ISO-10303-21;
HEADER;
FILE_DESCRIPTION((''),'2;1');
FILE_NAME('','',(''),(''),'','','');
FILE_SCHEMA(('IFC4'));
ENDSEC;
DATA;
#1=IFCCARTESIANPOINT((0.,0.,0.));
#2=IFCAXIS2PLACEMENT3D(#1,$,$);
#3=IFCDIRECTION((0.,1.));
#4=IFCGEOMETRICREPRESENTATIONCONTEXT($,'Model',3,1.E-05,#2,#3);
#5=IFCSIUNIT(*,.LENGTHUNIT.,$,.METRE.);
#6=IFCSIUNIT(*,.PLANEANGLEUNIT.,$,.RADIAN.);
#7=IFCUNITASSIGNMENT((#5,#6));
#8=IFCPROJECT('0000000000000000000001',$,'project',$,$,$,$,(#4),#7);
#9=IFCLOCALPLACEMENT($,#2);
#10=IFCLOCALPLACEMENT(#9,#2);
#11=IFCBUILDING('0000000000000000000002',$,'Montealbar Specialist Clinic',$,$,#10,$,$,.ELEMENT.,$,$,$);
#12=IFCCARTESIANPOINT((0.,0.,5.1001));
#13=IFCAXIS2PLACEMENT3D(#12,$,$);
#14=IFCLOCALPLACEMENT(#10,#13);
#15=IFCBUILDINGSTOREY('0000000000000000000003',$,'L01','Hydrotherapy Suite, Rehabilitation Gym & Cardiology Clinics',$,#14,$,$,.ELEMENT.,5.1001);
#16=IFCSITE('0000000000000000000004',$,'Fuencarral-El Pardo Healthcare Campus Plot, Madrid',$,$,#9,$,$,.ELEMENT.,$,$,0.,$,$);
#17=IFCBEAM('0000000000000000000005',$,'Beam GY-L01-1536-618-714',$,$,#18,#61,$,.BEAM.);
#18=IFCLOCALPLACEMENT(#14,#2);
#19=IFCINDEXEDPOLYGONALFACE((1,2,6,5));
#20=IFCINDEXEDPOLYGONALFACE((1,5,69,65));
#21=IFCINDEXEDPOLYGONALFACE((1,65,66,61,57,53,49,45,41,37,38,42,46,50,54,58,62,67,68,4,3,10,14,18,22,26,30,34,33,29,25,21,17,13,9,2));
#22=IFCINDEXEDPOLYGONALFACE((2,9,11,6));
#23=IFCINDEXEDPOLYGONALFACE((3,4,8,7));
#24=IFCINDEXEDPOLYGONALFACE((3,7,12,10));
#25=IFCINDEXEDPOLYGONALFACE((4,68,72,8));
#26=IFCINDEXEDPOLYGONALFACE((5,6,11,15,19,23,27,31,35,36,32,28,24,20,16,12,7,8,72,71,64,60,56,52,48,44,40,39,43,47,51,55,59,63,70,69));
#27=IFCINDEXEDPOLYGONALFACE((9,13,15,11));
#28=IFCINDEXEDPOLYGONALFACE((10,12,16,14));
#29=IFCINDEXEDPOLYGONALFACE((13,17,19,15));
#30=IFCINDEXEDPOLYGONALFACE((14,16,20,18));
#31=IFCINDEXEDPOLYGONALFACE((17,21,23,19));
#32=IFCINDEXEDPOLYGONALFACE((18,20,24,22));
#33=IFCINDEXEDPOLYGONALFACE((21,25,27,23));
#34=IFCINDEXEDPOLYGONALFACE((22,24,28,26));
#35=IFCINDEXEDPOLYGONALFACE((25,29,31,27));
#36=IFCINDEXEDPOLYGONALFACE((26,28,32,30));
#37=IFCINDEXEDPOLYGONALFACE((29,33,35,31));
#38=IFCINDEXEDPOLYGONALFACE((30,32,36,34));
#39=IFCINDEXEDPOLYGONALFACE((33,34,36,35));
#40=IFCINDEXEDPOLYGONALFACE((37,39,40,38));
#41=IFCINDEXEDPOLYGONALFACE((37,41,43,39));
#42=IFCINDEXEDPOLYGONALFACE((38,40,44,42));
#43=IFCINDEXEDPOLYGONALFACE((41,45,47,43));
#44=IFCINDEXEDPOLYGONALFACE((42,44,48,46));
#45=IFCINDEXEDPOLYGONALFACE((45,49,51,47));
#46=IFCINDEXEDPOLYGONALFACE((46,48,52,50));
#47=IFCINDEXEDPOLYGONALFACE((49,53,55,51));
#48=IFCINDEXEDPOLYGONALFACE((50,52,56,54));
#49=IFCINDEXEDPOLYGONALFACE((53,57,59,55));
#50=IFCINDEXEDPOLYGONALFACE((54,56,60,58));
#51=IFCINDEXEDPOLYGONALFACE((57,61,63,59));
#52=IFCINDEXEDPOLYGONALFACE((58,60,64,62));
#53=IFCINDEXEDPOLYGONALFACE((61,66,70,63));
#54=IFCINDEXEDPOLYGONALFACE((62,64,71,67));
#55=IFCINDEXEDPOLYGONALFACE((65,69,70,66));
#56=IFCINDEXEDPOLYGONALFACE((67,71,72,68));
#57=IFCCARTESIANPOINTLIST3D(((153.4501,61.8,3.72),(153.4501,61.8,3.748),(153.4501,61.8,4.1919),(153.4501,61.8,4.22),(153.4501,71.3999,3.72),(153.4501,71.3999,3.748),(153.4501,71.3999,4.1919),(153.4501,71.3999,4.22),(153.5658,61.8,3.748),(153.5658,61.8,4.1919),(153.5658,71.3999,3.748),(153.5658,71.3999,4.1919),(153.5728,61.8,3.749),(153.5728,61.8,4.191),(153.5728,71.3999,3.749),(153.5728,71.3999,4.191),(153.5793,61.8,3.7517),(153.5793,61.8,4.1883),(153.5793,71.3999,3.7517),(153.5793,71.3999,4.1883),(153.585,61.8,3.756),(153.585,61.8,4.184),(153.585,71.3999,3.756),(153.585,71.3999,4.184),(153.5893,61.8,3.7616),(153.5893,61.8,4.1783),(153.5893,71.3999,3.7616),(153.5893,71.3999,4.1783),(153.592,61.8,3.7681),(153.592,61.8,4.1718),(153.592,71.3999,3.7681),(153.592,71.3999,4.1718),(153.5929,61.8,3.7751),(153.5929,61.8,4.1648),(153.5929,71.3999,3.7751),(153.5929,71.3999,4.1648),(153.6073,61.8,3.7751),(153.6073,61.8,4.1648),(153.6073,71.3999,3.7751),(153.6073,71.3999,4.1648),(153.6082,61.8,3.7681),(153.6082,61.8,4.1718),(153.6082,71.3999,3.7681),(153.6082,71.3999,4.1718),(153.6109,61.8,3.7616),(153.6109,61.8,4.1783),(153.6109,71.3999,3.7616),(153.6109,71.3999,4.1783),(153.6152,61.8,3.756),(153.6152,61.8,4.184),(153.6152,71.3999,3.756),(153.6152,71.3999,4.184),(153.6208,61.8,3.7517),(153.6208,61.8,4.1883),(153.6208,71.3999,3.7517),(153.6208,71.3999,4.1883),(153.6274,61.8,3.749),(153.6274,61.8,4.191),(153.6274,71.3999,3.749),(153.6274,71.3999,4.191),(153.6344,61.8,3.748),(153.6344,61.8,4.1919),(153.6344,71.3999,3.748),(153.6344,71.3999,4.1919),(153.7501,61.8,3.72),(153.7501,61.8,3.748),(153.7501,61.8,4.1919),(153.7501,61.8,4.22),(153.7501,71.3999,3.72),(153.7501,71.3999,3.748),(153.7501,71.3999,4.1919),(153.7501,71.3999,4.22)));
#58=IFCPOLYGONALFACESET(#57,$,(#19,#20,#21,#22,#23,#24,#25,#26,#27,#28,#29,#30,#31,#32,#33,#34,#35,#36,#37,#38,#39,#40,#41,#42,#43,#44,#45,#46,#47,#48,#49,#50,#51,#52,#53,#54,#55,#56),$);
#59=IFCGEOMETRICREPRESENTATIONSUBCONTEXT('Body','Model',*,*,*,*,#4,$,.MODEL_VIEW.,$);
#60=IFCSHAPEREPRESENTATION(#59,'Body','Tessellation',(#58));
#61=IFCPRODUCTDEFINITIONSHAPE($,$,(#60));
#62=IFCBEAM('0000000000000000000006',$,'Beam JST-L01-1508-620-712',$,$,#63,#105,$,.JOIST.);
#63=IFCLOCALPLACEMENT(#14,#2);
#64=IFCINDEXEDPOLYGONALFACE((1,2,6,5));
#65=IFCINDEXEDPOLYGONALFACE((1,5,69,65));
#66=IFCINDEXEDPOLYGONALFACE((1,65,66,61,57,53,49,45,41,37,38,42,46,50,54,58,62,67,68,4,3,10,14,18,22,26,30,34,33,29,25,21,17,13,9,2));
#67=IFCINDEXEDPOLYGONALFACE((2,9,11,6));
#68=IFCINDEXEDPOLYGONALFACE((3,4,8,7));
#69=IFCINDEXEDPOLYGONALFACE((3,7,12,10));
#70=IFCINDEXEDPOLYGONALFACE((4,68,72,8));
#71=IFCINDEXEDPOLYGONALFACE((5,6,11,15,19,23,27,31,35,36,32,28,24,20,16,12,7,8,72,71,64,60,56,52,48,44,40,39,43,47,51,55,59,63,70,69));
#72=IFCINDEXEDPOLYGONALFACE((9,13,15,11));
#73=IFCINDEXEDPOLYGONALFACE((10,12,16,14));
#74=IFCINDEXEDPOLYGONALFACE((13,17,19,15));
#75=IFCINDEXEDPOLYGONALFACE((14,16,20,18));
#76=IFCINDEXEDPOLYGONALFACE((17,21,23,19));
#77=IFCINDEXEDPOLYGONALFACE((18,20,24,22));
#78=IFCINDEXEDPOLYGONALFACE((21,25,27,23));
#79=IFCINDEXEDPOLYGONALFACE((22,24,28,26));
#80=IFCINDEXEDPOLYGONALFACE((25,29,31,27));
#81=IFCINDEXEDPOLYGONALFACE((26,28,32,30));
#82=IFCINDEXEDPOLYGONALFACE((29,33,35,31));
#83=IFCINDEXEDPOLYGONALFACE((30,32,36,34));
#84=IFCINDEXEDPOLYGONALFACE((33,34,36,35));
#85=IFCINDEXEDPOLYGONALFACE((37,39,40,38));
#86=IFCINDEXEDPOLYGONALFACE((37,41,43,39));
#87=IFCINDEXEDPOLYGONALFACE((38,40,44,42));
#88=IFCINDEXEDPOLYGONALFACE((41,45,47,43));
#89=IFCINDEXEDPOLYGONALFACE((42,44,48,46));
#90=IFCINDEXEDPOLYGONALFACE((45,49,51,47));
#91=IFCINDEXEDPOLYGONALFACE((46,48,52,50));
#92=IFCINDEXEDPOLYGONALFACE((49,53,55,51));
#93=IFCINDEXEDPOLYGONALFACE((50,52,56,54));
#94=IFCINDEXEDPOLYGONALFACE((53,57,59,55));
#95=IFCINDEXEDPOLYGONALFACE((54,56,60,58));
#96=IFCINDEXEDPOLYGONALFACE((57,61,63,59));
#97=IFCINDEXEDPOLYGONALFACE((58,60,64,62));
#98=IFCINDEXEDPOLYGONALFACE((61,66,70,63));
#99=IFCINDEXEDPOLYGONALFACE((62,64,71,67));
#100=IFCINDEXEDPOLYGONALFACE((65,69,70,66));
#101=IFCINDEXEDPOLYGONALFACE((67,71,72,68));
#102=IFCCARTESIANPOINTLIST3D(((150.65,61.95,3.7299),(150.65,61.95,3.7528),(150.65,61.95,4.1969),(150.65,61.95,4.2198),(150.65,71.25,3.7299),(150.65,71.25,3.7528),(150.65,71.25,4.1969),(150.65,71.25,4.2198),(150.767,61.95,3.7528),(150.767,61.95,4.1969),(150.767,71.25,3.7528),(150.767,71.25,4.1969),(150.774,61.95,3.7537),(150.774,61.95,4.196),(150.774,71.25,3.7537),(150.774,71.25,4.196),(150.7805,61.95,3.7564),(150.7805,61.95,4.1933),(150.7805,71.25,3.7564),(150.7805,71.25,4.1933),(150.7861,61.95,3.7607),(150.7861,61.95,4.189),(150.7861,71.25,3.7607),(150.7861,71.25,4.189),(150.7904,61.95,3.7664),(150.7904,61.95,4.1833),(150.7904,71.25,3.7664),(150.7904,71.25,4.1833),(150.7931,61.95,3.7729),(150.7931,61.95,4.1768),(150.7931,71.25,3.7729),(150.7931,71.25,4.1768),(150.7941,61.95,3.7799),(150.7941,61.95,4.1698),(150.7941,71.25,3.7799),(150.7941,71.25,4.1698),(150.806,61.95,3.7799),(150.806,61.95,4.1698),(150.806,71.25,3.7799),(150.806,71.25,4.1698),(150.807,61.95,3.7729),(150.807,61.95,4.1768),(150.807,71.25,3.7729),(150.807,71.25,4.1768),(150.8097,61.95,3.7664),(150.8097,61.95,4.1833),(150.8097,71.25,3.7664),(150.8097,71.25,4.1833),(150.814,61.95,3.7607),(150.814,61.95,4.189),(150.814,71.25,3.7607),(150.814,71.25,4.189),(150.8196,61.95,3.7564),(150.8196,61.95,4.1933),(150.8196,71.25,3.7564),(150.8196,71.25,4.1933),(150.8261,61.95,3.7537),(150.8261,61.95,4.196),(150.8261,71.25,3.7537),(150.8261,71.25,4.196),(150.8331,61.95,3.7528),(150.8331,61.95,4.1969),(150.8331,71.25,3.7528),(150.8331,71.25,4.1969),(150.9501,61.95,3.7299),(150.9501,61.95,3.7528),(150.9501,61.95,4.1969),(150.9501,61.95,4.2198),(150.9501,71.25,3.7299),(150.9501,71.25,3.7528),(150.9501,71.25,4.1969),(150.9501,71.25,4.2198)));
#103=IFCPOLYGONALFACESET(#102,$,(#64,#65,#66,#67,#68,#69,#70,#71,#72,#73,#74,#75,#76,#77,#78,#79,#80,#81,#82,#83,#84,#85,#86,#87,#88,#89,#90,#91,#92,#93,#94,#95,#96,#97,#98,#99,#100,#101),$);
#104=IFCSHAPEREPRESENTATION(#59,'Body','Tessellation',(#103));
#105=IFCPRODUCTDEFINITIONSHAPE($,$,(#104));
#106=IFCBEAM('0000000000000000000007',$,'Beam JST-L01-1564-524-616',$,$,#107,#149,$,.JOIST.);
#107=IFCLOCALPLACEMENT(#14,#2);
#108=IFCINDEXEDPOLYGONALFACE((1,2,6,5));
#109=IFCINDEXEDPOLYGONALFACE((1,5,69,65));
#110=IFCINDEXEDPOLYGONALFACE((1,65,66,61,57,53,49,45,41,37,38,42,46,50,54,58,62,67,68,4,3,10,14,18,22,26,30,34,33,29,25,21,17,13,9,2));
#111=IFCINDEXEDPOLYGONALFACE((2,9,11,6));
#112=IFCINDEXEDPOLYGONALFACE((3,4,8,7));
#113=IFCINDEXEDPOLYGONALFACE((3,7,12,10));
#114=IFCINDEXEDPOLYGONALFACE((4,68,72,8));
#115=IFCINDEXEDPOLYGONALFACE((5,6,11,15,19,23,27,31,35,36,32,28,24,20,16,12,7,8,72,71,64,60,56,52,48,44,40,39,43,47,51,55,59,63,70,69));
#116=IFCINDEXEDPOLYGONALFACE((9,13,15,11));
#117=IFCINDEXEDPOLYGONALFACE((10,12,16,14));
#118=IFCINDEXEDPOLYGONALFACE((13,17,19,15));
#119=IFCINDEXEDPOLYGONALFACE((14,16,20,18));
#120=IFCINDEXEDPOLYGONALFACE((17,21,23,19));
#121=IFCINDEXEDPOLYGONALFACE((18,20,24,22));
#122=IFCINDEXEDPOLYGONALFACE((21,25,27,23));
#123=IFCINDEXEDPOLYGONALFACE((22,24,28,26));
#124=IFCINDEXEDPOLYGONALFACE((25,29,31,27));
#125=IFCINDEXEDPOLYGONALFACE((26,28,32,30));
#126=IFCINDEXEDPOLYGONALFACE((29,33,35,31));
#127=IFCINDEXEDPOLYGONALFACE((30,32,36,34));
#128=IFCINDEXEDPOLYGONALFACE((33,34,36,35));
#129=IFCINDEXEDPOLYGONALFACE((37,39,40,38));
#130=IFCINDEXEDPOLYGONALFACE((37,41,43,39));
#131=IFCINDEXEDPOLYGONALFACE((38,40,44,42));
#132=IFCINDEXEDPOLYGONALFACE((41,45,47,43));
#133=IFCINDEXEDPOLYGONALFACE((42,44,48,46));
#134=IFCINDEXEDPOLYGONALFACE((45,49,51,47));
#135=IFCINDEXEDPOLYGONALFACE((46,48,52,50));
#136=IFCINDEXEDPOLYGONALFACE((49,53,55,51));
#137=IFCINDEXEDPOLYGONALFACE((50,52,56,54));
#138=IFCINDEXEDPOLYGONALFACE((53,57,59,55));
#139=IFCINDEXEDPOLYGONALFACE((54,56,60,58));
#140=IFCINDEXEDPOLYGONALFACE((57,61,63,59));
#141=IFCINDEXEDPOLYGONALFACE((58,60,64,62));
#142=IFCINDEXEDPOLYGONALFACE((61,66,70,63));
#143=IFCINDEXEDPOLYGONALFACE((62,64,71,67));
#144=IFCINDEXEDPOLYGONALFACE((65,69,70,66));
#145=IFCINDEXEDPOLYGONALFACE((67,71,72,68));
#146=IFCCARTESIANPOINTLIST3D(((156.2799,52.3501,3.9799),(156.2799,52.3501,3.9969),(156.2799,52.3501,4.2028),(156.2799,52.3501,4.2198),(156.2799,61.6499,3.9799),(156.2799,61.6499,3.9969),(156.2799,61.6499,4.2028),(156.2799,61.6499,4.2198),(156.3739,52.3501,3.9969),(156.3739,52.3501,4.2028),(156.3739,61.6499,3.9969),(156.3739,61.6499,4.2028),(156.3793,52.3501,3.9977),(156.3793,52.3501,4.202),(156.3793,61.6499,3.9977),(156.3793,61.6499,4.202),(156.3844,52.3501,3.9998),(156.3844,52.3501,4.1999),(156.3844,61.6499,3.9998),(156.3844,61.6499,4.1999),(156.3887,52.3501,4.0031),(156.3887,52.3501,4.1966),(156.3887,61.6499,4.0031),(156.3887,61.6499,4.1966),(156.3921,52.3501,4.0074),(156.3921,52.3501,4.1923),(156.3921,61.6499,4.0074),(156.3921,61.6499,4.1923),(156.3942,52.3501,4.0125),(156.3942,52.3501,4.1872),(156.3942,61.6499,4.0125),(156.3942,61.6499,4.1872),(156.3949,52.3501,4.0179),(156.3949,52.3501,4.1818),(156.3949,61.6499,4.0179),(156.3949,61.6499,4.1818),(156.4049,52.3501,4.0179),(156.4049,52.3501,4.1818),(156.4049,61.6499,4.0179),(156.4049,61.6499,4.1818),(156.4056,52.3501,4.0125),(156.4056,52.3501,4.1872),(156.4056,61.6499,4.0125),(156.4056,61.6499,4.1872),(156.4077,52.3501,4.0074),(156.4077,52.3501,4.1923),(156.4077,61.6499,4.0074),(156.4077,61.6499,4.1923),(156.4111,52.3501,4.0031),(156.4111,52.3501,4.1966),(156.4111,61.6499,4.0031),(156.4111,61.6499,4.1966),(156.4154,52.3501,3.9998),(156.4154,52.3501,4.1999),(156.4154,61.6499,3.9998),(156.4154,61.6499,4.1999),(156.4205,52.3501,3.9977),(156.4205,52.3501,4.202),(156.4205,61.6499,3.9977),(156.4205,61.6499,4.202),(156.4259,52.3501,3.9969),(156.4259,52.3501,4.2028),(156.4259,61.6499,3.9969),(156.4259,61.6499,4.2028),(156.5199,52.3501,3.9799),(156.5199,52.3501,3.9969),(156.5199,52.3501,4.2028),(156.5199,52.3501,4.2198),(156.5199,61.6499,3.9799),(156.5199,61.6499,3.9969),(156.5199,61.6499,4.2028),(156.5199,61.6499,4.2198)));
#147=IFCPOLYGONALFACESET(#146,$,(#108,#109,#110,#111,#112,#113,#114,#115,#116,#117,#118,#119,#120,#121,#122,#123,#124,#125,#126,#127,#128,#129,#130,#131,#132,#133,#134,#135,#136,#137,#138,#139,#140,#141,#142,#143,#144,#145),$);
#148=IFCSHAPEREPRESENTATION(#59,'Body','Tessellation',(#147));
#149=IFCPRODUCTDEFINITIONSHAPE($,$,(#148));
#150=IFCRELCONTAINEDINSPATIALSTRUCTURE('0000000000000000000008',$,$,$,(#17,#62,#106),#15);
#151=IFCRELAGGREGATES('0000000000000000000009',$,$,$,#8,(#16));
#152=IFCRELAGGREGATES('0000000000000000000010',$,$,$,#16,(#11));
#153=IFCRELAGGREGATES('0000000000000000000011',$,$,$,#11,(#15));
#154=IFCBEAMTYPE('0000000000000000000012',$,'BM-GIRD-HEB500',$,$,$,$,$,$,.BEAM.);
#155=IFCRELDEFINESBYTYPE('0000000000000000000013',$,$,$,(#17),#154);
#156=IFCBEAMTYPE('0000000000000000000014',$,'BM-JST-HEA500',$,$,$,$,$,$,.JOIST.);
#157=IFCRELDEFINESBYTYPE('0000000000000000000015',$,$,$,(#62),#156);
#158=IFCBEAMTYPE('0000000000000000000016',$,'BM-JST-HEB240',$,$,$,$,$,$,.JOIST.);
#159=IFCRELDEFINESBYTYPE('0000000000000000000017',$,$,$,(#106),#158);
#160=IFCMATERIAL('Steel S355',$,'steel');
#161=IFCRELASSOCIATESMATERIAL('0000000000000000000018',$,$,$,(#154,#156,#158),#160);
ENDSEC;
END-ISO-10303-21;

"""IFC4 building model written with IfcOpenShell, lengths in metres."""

from ifc_helpers import new_model, si_unit, direction, frame, origin, origin_2d, place, context, subcontext, project, spatial, i_section, extrude, material, material_profile, profile_set, type_object, element, save


model = new_model("IFC4")

# Units and contexts
model_context = context("Model", 3, precision=1e-05, world=origin(), true_north=direction((0.0, 1.0)))
body_context = subcontext(model_context, "Body", "Model", "MODEL_VIEW")
ifc_project = project(units=[si_unit("LENGTHUNIT", "METRE"), si_unit("PLANEANGLEUNIT", "RADIAN")], contexts=[model_context])

# Site, building, storey
site_placement = place(None, origin())
site = spatial("IfcSite", under=ifc_project, at=site_placement, Name="Fuencarral-El Pardo Healthcare Campus Plot, Madrid", CompositionType="ELEMENT", RefElevation=0.0)
building_placement = place(site_placement, origin())
building = spatial("IfcBuilding", under=site, at=building_placement, Name="Montealbar Specialist Clinic", CompositionType="ELEMENT")
storey_placement = place(building_placement, frame((0.0, 0.0, 5.1001)))
storey = spatial("IfcBuildingStorey", under=building, at=storey_placement, Name="L01", Description="Hydrotherapy Suite, Rehabilitation Gym & Cardiology Clinics", CompositionType="ELEMENT", Elevation=5.1001)

# Shared definitions
ifc_material_1 = material(Name="Steel S355", Category="steel")

# Beams
ifc_material_profile_1 = material_profile(ifc_material_1, i_section(OverallWidth=0.3, OverallDepth=0.5, WebThickness=0.0144, FlangeThickness=0.0281, FilletRadius=0.0271, at=origin_2d()), Name="HEB 500", Category="steel")
ifc_profile_set_1 = profile_set([ifc_material_profile_1], Name="Steel S355")
beam_type_1 = type_object("IfcBeamType", Name="BM-GIRD-HEB500", PredefinedType="BEAM", material=ifc_profile_set_1)
beam_1_placement = place(storey_placement, frame((153.6001, 61.8, 3.97), z_axis=(0.0, 1.0, 0.0), x_axis=(-1.0, 0.0, 0.0)))
element("IfcBeam", 1, at=beam_1_placement, inside=storey, type_object=beam_type_1, Name="Beam GY-L01-1536-618-714", PredefinedType="BEAM", context=body_context, shape_type="SweptSolid", body=[
    extrude(i_section(OverallWidth=0.3, OverallDepth=0.5, WebThickness=0.0144, FlangeThickness=0.0281, FilletRadius=0.0271, at=origin_2d()), origin(), (0.0, 0.0, 1.0), 9.5999),
])
ifc_material_profile_2 = material_profile(ifc_material_1, i_section(OverallWidth=0.3, OverallDepth=0.49, WebThickness=0.012, FlangeThickness=0.0229, FilletRadius=0.0271, at=origin_2d()), Name="HEA 500", Category="steel")
ifc_profile_set_2 = profile_set([ifc_material_profile_2], Name="Steel S355")
beam_type_2 = type_object("IfcBeamType", Name="BM-JST-HEA500", PredefinedType="JOIST", material=ifc_profile_set_2)
beam_2_placement = place(storey_placement, frame((150.8, 61.95, 3.9749), z_axis=(0.0, 1.0, 0.0), x_axis=(-1.0, 0.0, 0.0)))
element("IfcBeam", 2, at=beam_2_placement, inside=storey, type_object=beam_type_2, Name="Beam JST-L01-1508-620-712", PredefinedType="JOIST", context=body_context, shape_type="SweptSolid", body=[
    extrude(i_section(OverallWidth=0.3, OverallDepth=0.49, WebThickness=0.012, FlangeThickness=0.0229, FilletRadius=0.0271, at=origin_2d()), origin(), (0.0, 0.0, 1.0), 9.3),
])
ifc_material_profile_3 = material_profile(ifc_material_1, i_section(OverallWidth=0.24, OverallDepth=0.24, WebThickness=0.01, FlangeThickness=0.0171, FilletRadius=0.021, at=origin_2d()), Name="HEB 240", Category="steel")
ifc_profile_set_3 = profile_set([ifc_material_profile_3], Name="Steel S355")
beam_type_3 = type_object("IfcBeamType", Name="BM-JST-HEB240", PredefinedType="JOIST", material=ifc_profile_set_3)
beam_3_placement = place(storey_placement, frame((156.3999, 52.3501, 4.0999), z_axis=(0.0, 1.0, 0.0), x_axis=(-1.0, 0.0, 0.0)))
element("IfcBeam", 3, at=beam_3_placement, inside=storey, type_object=beam_type_3, Name="Beam JST-L01-1564-524-616", PredefinedType="JOIST", context=body_context, shape_type="SweptSolid", body=[
    extrude(i_section(OverallWidth=0.24, OverallDepth=0.24, WebThickness=0.01, FlangeThickness=0.0171, FilletRadius=0.021, at=origin_2d()), origin(), (0.0, 0.0, 1.0), 9.2998),
])

save(model, "model.ifc")
